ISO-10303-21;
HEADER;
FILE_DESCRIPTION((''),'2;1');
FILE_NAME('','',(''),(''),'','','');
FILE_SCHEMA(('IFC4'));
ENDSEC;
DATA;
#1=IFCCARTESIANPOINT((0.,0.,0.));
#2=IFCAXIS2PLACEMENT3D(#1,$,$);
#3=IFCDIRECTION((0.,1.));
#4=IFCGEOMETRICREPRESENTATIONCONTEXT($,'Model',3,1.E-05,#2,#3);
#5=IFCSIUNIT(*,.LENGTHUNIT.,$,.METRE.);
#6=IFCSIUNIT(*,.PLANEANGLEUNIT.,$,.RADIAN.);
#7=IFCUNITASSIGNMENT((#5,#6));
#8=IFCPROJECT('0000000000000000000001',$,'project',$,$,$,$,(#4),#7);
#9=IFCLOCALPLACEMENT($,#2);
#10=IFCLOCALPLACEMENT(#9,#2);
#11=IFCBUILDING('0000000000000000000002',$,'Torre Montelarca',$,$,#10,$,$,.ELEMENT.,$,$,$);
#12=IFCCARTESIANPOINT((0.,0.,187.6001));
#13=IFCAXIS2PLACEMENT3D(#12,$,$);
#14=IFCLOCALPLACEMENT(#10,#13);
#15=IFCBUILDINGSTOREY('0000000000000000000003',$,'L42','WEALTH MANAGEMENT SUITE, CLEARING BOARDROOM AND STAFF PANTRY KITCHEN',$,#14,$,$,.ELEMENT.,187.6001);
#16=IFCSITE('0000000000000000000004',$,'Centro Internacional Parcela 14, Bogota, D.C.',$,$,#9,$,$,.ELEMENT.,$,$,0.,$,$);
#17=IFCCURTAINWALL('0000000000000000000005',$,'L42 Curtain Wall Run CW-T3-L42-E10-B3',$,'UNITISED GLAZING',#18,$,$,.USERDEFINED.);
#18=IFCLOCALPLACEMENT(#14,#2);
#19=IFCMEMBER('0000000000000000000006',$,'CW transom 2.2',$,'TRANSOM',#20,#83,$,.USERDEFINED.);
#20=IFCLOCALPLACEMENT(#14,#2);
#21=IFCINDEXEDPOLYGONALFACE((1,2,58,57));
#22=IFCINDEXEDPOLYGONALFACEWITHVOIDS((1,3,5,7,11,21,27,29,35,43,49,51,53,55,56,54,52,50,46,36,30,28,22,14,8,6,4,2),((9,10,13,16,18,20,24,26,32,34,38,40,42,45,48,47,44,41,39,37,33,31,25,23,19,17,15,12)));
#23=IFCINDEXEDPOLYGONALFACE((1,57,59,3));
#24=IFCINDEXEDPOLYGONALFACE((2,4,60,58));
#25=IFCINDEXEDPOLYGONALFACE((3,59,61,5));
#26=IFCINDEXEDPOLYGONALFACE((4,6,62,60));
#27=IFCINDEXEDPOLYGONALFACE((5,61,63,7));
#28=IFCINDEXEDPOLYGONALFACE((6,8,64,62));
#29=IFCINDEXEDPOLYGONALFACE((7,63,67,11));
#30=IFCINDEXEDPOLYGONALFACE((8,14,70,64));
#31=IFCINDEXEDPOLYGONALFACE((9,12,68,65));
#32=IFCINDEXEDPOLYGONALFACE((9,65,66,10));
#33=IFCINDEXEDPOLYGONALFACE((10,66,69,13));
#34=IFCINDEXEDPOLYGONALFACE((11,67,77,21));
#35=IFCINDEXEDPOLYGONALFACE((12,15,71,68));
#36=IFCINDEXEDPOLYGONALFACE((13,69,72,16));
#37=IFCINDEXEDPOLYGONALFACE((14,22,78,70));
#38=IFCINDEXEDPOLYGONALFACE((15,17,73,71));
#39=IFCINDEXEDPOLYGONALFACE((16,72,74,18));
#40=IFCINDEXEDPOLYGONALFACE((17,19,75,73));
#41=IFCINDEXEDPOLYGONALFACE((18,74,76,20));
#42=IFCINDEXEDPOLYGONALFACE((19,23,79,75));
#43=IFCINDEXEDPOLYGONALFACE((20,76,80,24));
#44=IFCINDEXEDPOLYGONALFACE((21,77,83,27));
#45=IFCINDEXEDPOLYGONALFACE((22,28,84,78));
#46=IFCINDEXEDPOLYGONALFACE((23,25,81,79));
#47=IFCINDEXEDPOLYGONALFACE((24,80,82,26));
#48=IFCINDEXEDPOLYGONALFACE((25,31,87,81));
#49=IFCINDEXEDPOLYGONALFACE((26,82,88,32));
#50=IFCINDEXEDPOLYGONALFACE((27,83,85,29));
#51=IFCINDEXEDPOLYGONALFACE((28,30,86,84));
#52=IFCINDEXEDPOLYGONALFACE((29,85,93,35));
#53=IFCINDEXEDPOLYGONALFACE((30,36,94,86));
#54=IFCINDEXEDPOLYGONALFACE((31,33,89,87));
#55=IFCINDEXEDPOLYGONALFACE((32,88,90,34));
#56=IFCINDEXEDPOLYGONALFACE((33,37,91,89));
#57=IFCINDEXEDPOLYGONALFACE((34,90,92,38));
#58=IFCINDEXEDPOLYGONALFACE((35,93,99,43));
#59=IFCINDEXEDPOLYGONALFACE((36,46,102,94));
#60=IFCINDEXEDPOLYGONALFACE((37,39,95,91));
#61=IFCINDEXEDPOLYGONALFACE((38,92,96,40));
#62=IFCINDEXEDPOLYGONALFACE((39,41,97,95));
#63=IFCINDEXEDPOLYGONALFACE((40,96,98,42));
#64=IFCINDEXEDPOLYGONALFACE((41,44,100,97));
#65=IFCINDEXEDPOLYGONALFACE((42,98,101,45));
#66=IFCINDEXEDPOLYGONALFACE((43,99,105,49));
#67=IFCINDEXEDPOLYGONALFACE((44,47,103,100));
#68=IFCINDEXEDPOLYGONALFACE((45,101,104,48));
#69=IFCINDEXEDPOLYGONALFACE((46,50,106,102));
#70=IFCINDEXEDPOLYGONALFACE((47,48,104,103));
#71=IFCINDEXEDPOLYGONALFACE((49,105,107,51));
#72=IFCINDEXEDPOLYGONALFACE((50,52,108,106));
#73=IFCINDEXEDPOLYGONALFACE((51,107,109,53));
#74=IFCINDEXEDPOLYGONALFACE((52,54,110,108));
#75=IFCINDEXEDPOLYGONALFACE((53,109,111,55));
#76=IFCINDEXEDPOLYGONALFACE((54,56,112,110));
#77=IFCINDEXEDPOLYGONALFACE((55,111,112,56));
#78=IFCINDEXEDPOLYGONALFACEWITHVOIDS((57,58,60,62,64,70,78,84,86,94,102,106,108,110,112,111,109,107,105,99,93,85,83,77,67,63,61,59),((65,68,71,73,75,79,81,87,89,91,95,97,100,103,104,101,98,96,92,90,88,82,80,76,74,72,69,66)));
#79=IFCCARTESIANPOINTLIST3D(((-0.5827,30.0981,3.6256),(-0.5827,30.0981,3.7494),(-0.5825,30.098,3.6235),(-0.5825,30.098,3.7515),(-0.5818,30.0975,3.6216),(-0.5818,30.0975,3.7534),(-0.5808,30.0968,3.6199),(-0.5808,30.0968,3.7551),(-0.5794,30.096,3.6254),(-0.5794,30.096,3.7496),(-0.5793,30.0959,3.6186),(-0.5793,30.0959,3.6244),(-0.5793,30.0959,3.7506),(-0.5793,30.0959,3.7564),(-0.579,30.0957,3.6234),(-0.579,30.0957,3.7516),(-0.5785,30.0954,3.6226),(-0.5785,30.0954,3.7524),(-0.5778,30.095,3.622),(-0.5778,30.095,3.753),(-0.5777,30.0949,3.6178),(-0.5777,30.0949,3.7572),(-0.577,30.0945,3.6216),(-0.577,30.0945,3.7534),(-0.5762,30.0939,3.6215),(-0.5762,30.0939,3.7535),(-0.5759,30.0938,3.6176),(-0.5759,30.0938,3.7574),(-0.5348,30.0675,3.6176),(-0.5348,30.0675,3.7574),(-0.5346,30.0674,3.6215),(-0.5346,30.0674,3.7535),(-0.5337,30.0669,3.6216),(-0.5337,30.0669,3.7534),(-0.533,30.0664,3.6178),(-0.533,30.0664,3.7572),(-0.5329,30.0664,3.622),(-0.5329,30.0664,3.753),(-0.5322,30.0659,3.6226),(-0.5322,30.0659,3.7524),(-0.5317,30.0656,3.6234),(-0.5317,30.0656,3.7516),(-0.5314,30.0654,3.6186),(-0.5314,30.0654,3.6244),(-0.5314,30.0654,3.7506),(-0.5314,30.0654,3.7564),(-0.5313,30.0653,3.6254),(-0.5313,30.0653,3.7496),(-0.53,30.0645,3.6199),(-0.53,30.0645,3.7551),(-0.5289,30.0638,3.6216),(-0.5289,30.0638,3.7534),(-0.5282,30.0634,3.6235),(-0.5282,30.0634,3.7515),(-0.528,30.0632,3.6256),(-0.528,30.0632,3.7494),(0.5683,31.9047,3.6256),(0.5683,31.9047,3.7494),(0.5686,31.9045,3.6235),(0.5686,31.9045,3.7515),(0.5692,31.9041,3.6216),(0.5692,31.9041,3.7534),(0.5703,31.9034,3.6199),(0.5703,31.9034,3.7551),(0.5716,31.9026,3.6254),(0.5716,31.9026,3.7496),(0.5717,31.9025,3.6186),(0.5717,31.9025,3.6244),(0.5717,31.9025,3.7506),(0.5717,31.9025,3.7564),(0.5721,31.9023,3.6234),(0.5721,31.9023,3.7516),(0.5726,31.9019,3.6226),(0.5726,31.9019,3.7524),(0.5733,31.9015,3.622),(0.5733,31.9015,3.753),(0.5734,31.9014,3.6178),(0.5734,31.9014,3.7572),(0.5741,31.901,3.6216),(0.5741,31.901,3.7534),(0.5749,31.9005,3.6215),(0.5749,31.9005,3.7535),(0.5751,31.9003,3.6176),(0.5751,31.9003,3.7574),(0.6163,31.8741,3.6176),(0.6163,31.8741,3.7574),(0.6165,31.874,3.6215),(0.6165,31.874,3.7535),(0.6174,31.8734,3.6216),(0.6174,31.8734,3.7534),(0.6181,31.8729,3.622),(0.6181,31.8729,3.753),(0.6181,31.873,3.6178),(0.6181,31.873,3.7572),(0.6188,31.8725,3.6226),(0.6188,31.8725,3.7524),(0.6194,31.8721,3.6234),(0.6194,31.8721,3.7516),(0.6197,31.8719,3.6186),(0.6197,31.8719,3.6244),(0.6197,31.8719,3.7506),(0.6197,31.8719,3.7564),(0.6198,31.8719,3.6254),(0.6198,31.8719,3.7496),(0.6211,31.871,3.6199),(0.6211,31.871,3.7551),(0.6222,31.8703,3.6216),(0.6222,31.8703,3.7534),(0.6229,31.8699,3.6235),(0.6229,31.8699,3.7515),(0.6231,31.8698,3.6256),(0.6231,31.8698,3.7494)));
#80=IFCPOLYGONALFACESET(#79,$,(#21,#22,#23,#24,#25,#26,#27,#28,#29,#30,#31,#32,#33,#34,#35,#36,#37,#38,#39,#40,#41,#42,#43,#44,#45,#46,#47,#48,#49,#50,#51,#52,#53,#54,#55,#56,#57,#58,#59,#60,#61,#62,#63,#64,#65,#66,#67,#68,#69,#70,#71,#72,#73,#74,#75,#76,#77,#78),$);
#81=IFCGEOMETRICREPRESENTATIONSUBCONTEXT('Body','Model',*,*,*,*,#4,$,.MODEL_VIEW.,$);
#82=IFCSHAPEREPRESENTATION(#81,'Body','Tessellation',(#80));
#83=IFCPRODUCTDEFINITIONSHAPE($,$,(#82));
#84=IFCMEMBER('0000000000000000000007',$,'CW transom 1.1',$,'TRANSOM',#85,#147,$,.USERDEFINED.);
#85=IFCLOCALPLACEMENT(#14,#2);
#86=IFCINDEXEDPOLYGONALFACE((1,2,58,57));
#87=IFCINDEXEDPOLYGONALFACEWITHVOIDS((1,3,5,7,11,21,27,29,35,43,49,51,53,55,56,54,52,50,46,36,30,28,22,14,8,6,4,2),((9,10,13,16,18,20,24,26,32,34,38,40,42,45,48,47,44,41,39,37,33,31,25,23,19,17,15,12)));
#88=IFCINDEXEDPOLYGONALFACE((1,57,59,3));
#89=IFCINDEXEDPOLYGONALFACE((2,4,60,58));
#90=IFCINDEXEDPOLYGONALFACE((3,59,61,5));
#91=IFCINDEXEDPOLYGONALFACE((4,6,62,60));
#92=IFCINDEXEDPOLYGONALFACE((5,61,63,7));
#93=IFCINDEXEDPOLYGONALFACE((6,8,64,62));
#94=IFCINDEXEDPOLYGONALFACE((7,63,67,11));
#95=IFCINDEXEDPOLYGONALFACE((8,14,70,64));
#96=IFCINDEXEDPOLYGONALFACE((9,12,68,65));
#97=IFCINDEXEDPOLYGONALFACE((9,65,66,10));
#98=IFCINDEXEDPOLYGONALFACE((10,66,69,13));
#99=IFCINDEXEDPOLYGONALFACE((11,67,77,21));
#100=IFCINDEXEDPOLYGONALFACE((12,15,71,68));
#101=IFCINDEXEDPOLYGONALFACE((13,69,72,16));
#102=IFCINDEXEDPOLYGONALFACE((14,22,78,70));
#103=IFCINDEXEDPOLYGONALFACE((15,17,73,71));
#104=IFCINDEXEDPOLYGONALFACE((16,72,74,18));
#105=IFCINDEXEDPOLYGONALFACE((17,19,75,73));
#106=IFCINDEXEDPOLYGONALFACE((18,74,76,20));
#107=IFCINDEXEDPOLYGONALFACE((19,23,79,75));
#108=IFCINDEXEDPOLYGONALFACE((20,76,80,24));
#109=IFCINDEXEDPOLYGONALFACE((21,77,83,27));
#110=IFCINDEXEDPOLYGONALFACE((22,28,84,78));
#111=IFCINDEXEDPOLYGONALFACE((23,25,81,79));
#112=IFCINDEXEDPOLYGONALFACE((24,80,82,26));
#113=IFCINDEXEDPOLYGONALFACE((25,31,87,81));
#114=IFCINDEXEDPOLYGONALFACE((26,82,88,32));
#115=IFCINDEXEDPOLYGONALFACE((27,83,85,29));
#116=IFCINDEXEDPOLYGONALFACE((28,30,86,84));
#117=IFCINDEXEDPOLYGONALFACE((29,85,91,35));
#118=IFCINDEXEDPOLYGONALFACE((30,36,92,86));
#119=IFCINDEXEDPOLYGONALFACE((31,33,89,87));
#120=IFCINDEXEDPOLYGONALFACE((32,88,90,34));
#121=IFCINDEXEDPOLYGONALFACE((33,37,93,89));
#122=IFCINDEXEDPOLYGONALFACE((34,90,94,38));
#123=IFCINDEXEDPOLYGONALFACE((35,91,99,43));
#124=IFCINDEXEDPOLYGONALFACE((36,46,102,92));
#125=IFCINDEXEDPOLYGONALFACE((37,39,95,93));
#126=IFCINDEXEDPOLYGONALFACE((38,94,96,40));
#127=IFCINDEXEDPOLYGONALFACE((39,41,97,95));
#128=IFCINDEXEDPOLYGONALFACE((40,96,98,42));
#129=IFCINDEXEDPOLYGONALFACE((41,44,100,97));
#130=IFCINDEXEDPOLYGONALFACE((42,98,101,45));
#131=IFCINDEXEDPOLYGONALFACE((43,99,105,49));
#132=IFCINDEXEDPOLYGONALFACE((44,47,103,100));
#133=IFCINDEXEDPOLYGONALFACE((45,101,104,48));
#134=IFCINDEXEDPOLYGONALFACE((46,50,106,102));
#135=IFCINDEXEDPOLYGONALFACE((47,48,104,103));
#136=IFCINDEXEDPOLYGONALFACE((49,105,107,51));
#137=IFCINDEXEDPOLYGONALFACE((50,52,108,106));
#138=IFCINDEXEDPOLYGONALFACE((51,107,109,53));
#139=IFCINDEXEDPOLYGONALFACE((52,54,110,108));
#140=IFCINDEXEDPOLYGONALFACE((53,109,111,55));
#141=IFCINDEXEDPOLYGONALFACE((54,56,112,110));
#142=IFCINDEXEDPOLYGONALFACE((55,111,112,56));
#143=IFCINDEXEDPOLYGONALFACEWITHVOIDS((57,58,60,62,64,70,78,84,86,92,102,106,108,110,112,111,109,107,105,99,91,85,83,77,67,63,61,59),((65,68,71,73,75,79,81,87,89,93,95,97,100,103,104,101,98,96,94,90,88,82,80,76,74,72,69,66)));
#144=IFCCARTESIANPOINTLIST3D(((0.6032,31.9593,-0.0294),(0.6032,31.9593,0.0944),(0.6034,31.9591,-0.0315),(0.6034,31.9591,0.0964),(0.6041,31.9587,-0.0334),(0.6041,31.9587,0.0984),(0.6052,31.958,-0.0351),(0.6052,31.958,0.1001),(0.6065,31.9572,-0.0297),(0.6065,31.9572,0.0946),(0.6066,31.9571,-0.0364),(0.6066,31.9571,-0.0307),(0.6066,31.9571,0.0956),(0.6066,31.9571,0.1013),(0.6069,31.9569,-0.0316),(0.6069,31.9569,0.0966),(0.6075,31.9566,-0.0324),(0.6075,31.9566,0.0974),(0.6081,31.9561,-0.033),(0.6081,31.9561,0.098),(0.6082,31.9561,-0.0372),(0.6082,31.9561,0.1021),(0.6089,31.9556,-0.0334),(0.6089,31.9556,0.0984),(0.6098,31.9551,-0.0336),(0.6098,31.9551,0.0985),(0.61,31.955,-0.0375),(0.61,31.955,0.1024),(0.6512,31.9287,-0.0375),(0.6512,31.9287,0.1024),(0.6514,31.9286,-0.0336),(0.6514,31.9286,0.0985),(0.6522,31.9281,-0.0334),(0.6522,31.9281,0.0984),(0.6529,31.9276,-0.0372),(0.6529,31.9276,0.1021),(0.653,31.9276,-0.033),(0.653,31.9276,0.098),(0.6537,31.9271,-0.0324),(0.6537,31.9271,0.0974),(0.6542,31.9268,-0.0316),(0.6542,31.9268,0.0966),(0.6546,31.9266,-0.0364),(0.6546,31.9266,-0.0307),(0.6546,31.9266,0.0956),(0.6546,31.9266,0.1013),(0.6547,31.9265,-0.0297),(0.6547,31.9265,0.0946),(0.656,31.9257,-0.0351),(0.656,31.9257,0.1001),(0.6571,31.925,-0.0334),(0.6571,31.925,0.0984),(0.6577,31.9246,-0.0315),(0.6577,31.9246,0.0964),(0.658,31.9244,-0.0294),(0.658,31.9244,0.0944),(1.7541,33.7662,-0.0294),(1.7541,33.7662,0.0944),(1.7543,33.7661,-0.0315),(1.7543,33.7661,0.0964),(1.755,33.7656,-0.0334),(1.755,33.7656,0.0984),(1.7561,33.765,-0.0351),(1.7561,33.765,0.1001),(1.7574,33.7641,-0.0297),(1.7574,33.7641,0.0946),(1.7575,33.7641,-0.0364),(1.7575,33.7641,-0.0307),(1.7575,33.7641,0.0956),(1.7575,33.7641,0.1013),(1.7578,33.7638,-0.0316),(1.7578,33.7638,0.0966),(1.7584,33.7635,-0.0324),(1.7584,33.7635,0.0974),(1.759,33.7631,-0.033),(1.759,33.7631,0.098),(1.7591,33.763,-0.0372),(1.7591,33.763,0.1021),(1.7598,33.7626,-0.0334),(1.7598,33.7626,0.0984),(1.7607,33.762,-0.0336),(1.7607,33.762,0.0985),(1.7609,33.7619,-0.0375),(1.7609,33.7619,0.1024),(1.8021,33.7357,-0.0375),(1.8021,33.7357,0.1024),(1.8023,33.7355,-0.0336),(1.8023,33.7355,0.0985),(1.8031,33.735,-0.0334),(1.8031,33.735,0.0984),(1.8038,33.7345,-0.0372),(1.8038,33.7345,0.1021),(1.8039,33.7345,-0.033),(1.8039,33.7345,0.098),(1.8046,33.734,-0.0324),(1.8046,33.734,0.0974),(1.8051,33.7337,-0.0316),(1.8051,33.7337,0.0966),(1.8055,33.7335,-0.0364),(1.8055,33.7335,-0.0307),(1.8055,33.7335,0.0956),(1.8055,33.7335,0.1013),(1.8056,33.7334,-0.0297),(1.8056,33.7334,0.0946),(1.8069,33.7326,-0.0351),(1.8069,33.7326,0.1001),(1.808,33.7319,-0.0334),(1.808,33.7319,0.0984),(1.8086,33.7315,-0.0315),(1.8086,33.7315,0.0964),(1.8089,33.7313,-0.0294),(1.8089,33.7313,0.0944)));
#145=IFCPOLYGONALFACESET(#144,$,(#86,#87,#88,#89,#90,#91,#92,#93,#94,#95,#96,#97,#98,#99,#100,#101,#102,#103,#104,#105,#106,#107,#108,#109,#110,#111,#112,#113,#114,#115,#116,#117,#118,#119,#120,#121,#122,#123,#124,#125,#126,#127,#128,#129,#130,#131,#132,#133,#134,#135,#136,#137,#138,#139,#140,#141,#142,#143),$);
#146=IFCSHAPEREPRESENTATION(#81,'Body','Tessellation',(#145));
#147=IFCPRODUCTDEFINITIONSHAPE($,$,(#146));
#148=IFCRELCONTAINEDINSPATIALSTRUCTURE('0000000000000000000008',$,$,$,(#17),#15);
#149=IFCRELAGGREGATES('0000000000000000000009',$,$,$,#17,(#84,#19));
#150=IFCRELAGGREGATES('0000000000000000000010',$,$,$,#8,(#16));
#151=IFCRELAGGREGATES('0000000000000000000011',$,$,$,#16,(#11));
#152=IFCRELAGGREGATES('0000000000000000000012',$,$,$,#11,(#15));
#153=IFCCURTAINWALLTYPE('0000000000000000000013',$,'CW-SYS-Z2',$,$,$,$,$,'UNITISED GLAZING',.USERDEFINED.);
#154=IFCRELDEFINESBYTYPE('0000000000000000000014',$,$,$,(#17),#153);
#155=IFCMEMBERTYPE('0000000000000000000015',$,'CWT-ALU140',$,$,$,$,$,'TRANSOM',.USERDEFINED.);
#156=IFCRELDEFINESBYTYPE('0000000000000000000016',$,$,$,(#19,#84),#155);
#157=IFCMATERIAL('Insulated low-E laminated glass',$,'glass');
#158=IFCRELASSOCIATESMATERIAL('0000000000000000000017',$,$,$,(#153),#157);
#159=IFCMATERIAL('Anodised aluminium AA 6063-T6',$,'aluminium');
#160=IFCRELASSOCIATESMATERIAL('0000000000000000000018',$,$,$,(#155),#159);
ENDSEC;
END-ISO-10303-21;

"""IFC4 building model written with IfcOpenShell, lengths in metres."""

from ifc_helpers import new_model, si_unit, direction, frame, origin, origin_2d, place, context, subcontext, project, spatial, hollow_rectangle, extrude, source, transform, mapped, material, material_profile, profile_set, type_object, element, aggregate, save


model = new_model("IFC4")

# Units and contexts
model_context = context("Model", 3, precision=1e-05, world=origin(), true_north=direction((0.0, 1.0)))
body_context = subcontext(model_context, "Body", "Model", "MODEL_VIEW")
ifc_project = project(units=[si_unit("LENGTHUNIT", "METRE"), si_unit("PLANEANGLEUNIT", "RADIAN")], contexts=[model_context])

# Site, building, storey
site_placement = place(None, origin())
site = spatial("IfcSite", under=ifc_project, at=site_placement, Name="Centro Internacional Parcela 14, Bogota, D.C.", CompositionType="ELEMENT", RefElevation=0.0)
building_placement = place(site_placement, origin())
building = spatial("IfcBuilding", under=site, at=building_placement, Name="Torre Montelarca", CompositionType="ELEMENT")
storey_placement = place(building_placement, frame((0.0, 0.0, 187.6001)))
storey = spatial("IfcBuildingStorey", under=building, at=storey_placement, Name="L42", Description="WEALTH MANAGEMENT SUITE, CLEARING BOARDROOM AND STAFF PANTRY KITCHEN", CompositionType="ELEMENT", Elevation=187.6001)

# Curtain wall
ifc_material_1 = material(Name="Insulated low-E laminated glass", Category="glass")
curtain_wall_type = type_object("IfcCurtainWallType", Name="CW-SYS-Z2", ElementType="UNITISED GLAZING", PredefinedType="USERDEFINED", material=ifc_material_1)
ifc_material_2 = material(Name="Anodised aluminium AA 6063-T6", Category="aluminium")
curtain_wall_1_placement = place(storey_placement, origin())
curtain_wall_1 = element("IfcCurtainWall", 1, at=curtain_wall_1_placement, inside=storey, type_object=curtain_wall_type, Name="L42 Curtain Wall Run CW-T3-L42-E10-B3", ObjectType="UNITISED GLAZING", PredefinedType="USERDEFINED")

# Members
ifc_material_profile_1 = material_profile(ifc_material_2, hollow_rectangle(XDim=0.0649, YDim=0.1399, WallThickness=0.0039, InnerFilletRadius=0.0039, OuterFilletRadius=0.0081, at=origin_2d()), Name="ALU65X140X4", Category="aluminium")
ifc_profile_set_1 = profile_set([ifc_material_profile_1], Name="Anodised aluminium AA 6063-T6")
member_type_1 = type_object("IfcMemberType", Name="CWT-ALU140", ElementType="TRANSOM", PredefinedType="USERDEFINED", material=ifc_profile_set_1)
shared_shape_1 = source(origin(), body_context, "Body", "SweptSolid", [
    extrude(hollow_rectangle(XDim=0.0649, YDim=0.1399, WallThickness=0.0039, InnerFilletRadius=0.0039, OuterFilletRadius=0.0081, at=origin_2d()), origin(), (0.0, 0.0, 1.0), 2.1421),
])
member_1_placement = place(storey_placement, frame((0.5957, 31.8872, 3.6875), z_axis=(-0.537355, -0.843356, 0.0), x_axis=(0.843356, -0.537355, 0.0)))
member_1 = element("IfcMember", 2, at=member_1_placement, type_object=member_type_1, Name="CW transom 2.2", ObjectType="TRANSOM", PredefinedType="USERDEFINED", context=body_context, shape_type="MappedRepresentation", body=[
    mapped(shared_shape_1, transform((0.0, 0.0, 0.0), scale=1.0)),
])
shared_shape_2 = source(origin(), body_context, "Body", "SweptSolid", [
    extrude(hollow_rectangle(XDim=0.0649, YDim=0.1399, WallThickness=0.0039, InnerFilletRadius=0.0039, OuterFilletRadius=0.0081, at=origin_2d()), origin(), (0.0, 0.0, 1.0), 2.1423),
])
member_2_placement = place(storey_placement, frame((1.7815, 33.7488, 0.0325), z_axis=(-0.537222, -0.843441, 0.0), x_axis=(0.843441, -0.537222, 0.0)))
member_2 = element("IfcMember", 3, at=member_2_placement, type_object=member_type_1, Name="CW transom 1.1", ObjectType="TRANSOM", PredefinedType="USERDEFINED", context=body_context, shape_type="MappedRepresentation", body=[
    mapped(shared_shape_2, transform((0.0, 0.0, 0.0), scale=1.0)),
])

aggregate(curtain_wall_1, [member_2, member_1])

save(model, "model.ifc")
